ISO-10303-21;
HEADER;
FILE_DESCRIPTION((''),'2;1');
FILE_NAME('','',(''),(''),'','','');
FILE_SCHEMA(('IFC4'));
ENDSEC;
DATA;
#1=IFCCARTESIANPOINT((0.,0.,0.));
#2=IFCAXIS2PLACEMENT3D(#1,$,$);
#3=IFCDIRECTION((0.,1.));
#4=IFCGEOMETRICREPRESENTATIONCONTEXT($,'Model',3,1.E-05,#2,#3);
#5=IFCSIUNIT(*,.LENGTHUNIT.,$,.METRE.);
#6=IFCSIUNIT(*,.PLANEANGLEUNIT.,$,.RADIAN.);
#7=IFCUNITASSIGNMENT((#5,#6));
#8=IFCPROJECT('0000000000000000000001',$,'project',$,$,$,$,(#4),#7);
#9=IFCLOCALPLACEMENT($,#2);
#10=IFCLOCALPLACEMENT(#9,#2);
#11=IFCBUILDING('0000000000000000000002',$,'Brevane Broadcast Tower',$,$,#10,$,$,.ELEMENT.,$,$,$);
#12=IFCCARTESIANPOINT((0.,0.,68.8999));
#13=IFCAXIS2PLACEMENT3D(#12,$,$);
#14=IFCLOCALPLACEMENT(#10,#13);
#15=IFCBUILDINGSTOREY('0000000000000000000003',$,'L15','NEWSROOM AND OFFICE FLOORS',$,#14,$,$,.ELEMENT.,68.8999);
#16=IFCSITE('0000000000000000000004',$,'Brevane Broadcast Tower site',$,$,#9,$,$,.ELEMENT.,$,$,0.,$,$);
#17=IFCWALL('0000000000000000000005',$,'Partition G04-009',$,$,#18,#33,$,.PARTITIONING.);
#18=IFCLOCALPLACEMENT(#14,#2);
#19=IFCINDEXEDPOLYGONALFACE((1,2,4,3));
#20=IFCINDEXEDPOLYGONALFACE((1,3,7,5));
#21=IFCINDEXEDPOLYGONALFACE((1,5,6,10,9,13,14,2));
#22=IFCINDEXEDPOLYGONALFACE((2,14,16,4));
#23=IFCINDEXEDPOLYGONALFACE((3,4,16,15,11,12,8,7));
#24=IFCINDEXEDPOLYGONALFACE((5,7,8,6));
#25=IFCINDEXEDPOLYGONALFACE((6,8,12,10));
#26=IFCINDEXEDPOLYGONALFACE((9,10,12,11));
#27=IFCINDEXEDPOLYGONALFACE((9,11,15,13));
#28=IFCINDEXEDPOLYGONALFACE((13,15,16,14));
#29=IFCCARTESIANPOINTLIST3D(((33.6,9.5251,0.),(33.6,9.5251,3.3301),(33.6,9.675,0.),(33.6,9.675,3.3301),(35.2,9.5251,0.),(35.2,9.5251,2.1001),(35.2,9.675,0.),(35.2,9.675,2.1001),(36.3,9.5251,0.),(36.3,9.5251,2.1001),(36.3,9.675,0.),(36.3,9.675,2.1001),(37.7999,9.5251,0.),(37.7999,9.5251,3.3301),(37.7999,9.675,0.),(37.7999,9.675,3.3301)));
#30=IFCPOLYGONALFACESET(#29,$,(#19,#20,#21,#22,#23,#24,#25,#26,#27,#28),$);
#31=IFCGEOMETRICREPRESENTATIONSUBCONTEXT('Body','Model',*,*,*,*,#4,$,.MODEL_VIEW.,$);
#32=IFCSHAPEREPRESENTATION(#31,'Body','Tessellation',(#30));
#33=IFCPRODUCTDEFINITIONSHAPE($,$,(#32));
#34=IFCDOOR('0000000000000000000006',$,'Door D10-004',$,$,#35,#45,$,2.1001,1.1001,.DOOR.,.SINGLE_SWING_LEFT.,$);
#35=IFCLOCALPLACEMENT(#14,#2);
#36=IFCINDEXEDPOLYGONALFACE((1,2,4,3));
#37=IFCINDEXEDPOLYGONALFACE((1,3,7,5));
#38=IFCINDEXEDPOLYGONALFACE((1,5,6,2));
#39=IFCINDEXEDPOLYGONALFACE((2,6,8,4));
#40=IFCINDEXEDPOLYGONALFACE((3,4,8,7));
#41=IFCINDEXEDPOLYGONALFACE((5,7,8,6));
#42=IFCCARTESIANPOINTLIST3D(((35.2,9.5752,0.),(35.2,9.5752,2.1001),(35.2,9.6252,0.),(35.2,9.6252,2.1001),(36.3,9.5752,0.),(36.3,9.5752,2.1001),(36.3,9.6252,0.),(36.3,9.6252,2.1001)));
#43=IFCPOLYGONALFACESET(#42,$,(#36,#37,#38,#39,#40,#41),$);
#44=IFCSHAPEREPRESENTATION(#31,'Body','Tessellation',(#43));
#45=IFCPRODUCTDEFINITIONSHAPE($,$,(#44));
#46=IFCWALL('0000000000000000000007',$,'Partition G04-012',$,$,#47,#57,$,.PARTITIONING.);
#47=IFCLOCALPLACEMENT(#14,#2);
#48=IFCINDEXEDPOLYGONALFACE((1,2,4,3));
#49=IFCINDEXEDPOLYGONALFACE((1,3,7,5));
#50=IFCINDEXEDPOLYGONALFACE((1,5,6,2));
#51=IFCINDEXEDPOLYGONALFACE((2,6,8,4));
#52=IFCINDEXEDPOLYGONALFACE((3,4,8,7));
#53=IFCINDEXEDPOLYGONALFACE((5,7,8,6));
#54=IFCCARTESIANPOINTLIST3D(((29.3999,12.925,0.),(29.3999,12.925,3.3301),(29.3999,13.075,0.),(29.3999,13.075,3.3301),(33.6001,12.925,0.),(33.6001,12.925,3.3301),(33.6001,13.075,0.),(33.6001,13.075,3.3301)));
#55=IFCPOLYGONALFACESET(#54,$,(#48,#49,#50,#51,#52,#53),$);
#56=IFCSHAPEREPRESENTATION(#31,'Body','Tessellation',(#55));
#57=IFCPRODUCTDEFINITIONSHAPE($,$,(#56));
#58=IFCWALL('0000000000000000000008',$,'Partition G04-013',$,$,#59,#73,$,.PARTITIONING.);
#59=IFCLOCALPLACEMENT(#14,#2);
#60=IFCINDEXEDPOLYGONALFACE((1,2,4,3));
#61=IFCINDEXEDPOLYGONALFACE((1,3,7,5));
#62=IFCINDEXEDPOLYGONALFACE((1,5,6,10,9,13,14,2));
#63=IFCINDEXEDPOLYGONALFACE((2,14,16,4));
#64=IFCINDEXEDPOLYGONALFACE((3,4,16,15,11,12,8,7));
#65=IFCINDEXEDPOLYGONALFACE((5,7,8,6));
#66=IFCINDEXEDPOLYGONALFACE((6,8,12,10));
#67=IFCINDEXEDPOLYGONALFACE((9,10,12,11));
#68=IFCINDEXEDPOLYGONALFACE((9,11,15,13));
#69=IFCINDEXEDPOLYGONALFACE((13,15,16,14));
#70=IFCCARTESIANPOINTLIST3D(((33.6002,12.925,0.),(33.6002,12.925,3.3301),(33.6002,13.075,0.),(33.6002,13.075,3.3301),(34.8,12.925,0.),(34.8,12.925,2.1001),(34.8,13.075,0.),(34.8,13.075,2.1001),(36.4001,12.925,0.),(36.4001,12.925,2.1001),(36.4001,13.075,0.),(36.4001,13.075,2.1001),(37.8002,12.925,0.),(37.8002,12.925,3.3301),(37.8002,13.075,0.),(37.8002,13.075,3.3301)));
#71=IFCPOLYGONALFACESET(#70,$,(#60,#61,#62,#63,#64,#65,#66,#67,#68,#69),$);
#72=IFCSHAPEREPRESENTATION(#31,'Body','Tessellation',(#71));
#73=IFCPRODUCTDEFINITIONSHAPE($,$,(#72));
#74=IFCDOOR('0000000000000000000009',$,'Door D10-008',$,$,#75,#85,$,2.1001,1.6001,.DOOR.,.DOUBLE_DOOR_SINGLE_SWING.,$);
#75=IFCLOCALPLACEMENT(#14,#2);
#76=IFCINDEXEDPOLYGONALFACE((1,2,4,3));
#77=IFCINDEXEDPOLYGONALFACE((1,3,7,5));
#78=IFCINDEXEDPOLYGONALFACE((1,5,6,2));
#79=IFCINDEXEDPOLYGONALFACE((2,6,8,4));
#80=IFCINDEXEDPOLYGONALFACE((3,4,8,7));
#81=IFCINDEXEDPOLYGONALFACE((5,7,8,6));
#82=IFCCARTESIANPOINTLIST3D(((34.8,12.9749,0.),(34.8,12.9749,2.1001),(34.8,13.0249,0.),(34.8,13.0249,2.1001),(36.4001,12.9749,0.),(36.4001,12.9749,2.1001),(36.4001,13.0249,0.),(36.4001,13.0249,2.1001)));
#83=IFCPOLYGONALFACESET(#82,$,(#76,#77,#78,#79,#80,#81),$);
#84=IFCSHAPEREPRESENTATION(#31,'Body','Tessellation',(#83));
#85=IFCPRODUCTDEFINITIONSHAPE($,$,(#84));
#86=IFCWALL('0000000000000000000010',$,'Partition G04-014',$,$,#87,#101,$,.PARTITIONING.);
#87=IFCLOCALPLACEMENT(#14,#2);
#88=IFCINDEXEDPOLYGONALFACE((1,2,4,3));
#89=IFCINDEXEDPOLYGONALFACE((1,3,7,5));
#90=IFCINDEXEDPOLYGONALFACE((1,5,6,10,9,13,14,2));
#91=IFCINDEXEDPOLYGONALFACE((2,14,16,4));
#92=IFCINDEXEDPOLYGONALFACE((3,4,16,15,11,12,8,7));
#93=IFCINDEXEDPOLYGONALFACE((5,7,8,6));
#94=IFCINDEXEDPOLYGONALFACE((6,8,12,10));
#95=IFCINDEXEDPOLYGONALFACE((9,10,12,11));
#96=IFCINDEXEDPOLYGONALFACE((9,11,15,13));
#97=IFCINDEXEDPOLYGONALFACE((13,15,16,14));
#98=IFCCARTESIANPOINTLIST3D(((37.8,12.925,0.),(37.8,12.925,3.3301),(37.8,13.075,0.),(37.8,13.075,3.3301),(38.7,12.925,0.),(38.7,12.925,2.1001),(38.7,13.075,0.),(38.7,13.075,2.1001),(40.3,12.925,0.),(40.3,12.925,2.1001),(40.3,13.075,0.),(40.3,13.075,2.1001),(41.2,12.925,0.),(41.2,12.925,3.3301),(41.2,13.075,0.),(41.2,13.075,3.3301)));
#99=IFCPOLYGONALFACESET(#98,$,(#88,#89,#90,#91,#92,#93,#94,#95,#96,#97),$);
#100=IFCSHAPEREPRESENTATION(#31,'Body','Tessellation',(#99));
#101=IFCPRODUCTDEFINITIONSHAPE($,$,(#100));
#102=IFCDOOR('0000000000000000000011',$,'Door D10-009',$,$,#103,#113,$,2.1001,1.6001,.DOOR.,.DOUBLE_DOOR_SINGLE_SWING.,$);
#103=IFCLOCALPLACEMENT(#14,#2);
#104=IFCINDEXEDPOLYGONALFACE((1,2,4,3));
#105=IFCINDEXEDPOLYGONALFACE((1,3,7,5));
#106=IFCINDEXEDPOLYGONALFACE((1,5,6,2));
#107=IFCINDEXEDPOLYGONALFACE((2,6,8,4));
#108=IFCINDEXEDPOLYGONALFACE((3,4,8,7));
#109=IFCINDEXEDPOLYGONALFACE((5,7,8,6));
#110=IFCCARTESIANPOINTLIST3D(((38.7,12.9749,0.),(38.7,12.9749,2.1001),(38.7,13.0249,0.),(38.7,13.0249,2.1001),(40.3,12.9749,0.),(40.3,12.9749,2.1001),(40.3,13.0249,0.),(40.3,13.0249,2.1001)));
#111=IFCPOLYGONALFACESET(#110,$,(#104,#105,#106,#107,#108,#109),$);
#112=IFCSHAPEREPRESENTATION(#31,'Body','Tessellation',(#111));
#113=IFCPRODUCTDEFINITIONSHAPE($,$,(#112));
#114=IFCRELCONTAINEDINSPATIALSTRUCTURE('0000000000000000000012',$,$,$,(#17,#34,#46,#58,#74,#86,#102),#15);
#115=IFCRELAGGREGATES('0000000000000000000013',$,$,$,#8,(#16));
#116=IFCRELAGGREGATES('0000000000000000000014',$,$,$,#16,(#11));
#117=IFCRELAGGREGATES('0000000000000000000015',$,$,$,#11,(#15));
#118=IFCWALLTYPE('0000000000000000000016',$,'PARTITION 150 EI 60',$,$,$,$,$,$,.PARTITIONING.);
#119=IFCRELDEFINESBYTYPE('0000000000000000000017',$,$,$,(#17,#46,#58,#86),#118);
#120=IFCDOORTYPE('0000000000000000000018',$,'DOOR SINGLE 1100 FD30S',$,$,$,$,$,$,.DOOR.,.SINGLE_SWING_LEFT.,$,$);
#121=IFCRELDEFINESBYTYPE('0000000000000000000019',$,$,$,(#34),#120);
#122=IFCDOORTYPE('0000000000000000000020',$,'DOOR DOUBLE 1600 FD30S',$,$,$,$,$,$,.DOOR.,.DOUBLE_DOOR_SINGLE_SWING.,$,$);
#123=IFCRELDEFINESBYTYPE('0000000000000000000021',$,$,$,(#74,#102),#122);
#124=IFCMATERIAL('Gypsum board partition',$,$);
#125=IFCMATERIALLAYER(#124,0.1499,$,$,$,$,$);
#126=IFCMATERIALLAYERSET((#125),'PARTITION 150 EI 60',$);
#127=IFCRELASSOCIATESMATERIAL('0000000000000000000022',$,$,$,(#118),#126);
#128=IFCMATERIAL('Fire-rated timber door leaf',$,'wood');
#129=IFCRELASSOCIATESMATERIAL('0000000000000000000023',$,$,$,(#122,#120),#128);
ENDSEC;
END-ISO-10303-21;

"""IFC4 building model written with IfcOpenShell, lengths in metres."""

from ifc_helpers import new_model, si_unit, direction, frame, frame_2d, origin, place, context, subcontext, project, spatial, rectangle, extrude, material, layer, layer_set, type_object, element, fill, save


model = new_model("IFC4")

# Units and contexts
model_context = context("Model", 3, precision=1e-05, world=origin(), true_north=direction((0.0, 1.0)))
body_context = subcontext(model_context, "Body", "Model", "MODEL_VIEW")
ifc_project = project(units=[si_unit("LENGTHUNIT", "METRE"), si_unit("PLANEANGLEUNIT", "RADIAN")], contexts=[model_context])

# Site, building, storey
site_placement = place(None, origin())
site = spatial("IfcSite", under=ifc_project, at=site_placement, Name="Brevane Broadcast Tower site", CompositionType="ELEMENT", RefElevation=0.0)
building_placement = place(site_placement, origin())
building = spatial("IfcBuilding", under=site, at=building_placement, Name="Brevane Broadcast Tower", CompositionType="ELEMENT")
storey_placement = place(building_placement, frame((0.0, 0.0, 68.8999)))
storey = spatial("IfcBuildingStorey", under=building, at=storey_placement, Name="L15", Description="NEWSROOM AND OFFICE FLOORS", CompositionType="ELEMENT", Elevation=68.8999)

# Shared definitions
ifc_material_1 = material(Name="Gypsum board partition")
ifc_layer_1 = layer(ifc_material_1, 0.1499)
ifc_layer_set_1 = layer_set([ifc_layer_1], Name="PARTITION 150 EI 60")
wall_type_1 = type_object("IfcWallType", Name="PARTITION 150 EI 60", PredefinedType="PARTITIONING", material=ifc_layer_set_1)

# Wall, opening, door
ifc_material_2 = material(Name="Fire-rated timber door leaf", Category="wood")
door_type_1 = type_object("IfcDoorType", Name="DOOR DOUBLE 1600 FD30S", OperationType="DOUBLE_DOOR_SINGLE_SWING", PredefinedType="DOOR", material=ifc_material_2)
wall_1_placement = place(storey_placement, frame((37.8, 9.6001, 0.0), z_axis=(0.0, 0.0, 1.0), x_axis=(-1.0, 0.0, 0.0)))
wall_1 = element("IfcWall", 1, at=wall_1_placement, inside=storey, type_object=wall_type_1, Name="Partition G04-009", PredefinedType="PARTITIONING", context=body_context, shape_type="SweptSolid", body=[
    extrude(rectangle(XDim=4.2, YDim=0.1499, at=frame_2d((2.1001, 0.0))), origin(), (0.0, 0.0, 1.0), 3.3301),
])
opening_1_placement = place(wall_1_placement, frame((1.5, 0.0, 0.0)))
opening_1 = element("IfcOpeningElement", 2, at=opening_1_placement, cuts=wall_1, PredefinedType="OPENING", context=body_context, shape_type="SweptSolid", body=[
    extrude(rectangle(XDim=1.1001, YDim=2.1001, at=frame_2d((0.55, 1.05))), frame((0.0, 0.085, 0.0), z_axis=(0.0, -1.0, 0.0), x_axis=(1.0, 0.0, 0.0)), (0.0, 0.0, 1.0), 0.1699),
])
door_type_2 = type_object("IfcDoorType", Name="DOOR SINGLE 1100 FD30S", OperationType="SINGLE_SWING_LEFT", PredefinedType="DOOR", material=ifc_material_2)
door_1_placement = place(opening_1_placement, origin())
door_1 = element("IfcDoor", 3, at=door_1_placement, inside=storey, type_object=door_type_2, Name="Door D10-004", OperationType="SINGLE_SWING_LEFT", OverallHeight=2.1001, OverallWidth=1.1001, PredefinedType="DOOR", context=body_context, shape_type="SweptSolid", body=[
    extrude(rectangle(XDim=1.1001, YDim=2.1001, at=frame_2d((0.55, 1.05))), frame((0.0, 0.0249, 0.0), z_axis=(0.0, -1.0, 0.0), x_axis=(1.0, 0.0, 0.0)), (0.0, 0.0, 1.0), 0.05),
])
fill(opening_1, door_1)

# Wall
wall_2_placement = place(storey_placement, frame((29.3999, 13.0, 0.0), z_axis=(0.0, 0.0, 1.0), x_axis=(1.0, 0.0, 0.0)))
element("IfcWall", 4, at=wall_2_placement, inside=storey, type_object=wall_type_1, Name="Partition G04-012", PredefinedType="PARTITIONING", context=body_context, shape_type="SweptSolid", body=[
    extrude(rectangle(XDim=4.2002, YDim=0.1499, at=frame_2d((2.1001, 0.0))), origin(), (0.0, 0.0, 1.0), 3.3301),
])

# Walls, openings, doors
wall_3_placement = place(storey_placement, frame((33.6001, 13.0, 0.0), z_axis=(0.0, 0.0, 1.0), x_axis=(1.0, 0.0, 0.0)))
wall_3 = element("IfcWall", 5, at=wall_3_placement, inside=storey, type_object=wall_type_1, Name="Partition G04-013", PredefinedType="PARTITIONING", context=body_context, shape_type="SweptSolid", body=[
    extrude(rectangle(XDim=4.2, YDim=0.1499, at=frame_2d((2.1001, 0.0))), origin(), (0.0, 0.0, 1.0), 3.3301),
])
opening_2_placement = place(wall_3_placement, frame((1.2, 0.0, 0.0)))
opening_2 = element("IfcOpeningElement", 6, at=opening_2_placement, cuts=wall_3, PredefinedType="OPENING", context=body_context, shape_type="SweptSolid", body=[
    extrude(rectangle(XDim=1.6001, YDim=2.1001, at=frame_2d((0.8, 1.05))), frame((0.0, 0.085, 0.0), z_axis=(0.0, -1.0, 0.0), x_axis=(1.0, 0.0, 0.0)), (0.0, 0.0, 1.0), 0.1699),
])
door_2_placement = place(opening_2_placement, origin())
door_2 = element("IfcDoor", 7, at=door_2_placement, inside=storey, type_object=door_type_1, Name="Door D10-008", OperationType="DOUBLE_DOOR_SINGLE_SWING", OverallHeight=2.1001, OverallWidth=1.6001, PredefinedType="DOOR", context=body_context, shape_type="SweptSolid", body=[
    extrude(rectangle(XDim=1.6001, YDim=2.1001, at=frame_2d((0.8, 1.05))), frame((0.0, 0.0249, 0.0), z_axis=(0.0, -1.0, 0.0), x_axis=(1.0, 0.0, 0.0)), (0.0, 0.0, 1.0), 0.05),
])
fill(opening_2, door_2)
wall_4_placement = place(storey_placement, frame((37.8, 13.0, 0.0), z_axis=(0.0, 0.0, 1.0), x_axis=(1.0, 0.0, 0.0)))
wall_4 = element("IfcWall", 8, at=wall_4_placement, inside=storey, type_object=wall_type_1, Name="Partition G04-014", PredefinedType="PARTITIONING", context=body_context, shape_type="SweptSolid", body=[
    extrude(rectangle(XDim=3.3999, YDim=0.1499, at=frame_2d((1.7, 0.0))), origin(), (0.0, 0.0, 1.0), 3.3301),
])
opening_3_placement = place(wall_4_placement, frame((0.8999, 0.0, 0.0)))
opening_3 = element("IfcOpeningElement", 9, at=opening_3_placement, cuts=wall_4, PredefinedType="OPENING", context=body_context, shape_type="SweptSolid", body=[
    extrude(rectangle(XDim=1.6001, YDim=2.1001, at=frame_2d((0.8, 1.05))), frame((0.0, 0.085, 0.0), z_axis=(0.0, -1.0, 0.0), x_axis=(1.0, 0.0, 0.0)), (0.0, 0.0, 1.0), 0.1699),
])
door_3_placement = place(opening_3_placement, origin())
door_3 = element("IfcDoor", 10, at=door_3_placement, inside=storey, type_object=door_type_1, Name="Door D10-009", OperationType="DOUBLE_DOOR_SINGLE_SWING", OverallHeight=2.1001, OverallWidth=1.6001, PredefinedType="DOOR", context=body_context, shape_type="SweptSolid", body=[
    extrude(rectangle(XDim=1.6001, YDim=2.1001, at=frame_2d((0.8, 1.05))), frame((0.0, 0.0249, 0.0), z_axis=(0.0, -1.0, 0.0), x_axis=(1.0, 0.0, 0.0)), (0.0, 0.0, 1.0), 0.05),
])
fill(opening_3, door_3)

save(model, "model.ifc")
